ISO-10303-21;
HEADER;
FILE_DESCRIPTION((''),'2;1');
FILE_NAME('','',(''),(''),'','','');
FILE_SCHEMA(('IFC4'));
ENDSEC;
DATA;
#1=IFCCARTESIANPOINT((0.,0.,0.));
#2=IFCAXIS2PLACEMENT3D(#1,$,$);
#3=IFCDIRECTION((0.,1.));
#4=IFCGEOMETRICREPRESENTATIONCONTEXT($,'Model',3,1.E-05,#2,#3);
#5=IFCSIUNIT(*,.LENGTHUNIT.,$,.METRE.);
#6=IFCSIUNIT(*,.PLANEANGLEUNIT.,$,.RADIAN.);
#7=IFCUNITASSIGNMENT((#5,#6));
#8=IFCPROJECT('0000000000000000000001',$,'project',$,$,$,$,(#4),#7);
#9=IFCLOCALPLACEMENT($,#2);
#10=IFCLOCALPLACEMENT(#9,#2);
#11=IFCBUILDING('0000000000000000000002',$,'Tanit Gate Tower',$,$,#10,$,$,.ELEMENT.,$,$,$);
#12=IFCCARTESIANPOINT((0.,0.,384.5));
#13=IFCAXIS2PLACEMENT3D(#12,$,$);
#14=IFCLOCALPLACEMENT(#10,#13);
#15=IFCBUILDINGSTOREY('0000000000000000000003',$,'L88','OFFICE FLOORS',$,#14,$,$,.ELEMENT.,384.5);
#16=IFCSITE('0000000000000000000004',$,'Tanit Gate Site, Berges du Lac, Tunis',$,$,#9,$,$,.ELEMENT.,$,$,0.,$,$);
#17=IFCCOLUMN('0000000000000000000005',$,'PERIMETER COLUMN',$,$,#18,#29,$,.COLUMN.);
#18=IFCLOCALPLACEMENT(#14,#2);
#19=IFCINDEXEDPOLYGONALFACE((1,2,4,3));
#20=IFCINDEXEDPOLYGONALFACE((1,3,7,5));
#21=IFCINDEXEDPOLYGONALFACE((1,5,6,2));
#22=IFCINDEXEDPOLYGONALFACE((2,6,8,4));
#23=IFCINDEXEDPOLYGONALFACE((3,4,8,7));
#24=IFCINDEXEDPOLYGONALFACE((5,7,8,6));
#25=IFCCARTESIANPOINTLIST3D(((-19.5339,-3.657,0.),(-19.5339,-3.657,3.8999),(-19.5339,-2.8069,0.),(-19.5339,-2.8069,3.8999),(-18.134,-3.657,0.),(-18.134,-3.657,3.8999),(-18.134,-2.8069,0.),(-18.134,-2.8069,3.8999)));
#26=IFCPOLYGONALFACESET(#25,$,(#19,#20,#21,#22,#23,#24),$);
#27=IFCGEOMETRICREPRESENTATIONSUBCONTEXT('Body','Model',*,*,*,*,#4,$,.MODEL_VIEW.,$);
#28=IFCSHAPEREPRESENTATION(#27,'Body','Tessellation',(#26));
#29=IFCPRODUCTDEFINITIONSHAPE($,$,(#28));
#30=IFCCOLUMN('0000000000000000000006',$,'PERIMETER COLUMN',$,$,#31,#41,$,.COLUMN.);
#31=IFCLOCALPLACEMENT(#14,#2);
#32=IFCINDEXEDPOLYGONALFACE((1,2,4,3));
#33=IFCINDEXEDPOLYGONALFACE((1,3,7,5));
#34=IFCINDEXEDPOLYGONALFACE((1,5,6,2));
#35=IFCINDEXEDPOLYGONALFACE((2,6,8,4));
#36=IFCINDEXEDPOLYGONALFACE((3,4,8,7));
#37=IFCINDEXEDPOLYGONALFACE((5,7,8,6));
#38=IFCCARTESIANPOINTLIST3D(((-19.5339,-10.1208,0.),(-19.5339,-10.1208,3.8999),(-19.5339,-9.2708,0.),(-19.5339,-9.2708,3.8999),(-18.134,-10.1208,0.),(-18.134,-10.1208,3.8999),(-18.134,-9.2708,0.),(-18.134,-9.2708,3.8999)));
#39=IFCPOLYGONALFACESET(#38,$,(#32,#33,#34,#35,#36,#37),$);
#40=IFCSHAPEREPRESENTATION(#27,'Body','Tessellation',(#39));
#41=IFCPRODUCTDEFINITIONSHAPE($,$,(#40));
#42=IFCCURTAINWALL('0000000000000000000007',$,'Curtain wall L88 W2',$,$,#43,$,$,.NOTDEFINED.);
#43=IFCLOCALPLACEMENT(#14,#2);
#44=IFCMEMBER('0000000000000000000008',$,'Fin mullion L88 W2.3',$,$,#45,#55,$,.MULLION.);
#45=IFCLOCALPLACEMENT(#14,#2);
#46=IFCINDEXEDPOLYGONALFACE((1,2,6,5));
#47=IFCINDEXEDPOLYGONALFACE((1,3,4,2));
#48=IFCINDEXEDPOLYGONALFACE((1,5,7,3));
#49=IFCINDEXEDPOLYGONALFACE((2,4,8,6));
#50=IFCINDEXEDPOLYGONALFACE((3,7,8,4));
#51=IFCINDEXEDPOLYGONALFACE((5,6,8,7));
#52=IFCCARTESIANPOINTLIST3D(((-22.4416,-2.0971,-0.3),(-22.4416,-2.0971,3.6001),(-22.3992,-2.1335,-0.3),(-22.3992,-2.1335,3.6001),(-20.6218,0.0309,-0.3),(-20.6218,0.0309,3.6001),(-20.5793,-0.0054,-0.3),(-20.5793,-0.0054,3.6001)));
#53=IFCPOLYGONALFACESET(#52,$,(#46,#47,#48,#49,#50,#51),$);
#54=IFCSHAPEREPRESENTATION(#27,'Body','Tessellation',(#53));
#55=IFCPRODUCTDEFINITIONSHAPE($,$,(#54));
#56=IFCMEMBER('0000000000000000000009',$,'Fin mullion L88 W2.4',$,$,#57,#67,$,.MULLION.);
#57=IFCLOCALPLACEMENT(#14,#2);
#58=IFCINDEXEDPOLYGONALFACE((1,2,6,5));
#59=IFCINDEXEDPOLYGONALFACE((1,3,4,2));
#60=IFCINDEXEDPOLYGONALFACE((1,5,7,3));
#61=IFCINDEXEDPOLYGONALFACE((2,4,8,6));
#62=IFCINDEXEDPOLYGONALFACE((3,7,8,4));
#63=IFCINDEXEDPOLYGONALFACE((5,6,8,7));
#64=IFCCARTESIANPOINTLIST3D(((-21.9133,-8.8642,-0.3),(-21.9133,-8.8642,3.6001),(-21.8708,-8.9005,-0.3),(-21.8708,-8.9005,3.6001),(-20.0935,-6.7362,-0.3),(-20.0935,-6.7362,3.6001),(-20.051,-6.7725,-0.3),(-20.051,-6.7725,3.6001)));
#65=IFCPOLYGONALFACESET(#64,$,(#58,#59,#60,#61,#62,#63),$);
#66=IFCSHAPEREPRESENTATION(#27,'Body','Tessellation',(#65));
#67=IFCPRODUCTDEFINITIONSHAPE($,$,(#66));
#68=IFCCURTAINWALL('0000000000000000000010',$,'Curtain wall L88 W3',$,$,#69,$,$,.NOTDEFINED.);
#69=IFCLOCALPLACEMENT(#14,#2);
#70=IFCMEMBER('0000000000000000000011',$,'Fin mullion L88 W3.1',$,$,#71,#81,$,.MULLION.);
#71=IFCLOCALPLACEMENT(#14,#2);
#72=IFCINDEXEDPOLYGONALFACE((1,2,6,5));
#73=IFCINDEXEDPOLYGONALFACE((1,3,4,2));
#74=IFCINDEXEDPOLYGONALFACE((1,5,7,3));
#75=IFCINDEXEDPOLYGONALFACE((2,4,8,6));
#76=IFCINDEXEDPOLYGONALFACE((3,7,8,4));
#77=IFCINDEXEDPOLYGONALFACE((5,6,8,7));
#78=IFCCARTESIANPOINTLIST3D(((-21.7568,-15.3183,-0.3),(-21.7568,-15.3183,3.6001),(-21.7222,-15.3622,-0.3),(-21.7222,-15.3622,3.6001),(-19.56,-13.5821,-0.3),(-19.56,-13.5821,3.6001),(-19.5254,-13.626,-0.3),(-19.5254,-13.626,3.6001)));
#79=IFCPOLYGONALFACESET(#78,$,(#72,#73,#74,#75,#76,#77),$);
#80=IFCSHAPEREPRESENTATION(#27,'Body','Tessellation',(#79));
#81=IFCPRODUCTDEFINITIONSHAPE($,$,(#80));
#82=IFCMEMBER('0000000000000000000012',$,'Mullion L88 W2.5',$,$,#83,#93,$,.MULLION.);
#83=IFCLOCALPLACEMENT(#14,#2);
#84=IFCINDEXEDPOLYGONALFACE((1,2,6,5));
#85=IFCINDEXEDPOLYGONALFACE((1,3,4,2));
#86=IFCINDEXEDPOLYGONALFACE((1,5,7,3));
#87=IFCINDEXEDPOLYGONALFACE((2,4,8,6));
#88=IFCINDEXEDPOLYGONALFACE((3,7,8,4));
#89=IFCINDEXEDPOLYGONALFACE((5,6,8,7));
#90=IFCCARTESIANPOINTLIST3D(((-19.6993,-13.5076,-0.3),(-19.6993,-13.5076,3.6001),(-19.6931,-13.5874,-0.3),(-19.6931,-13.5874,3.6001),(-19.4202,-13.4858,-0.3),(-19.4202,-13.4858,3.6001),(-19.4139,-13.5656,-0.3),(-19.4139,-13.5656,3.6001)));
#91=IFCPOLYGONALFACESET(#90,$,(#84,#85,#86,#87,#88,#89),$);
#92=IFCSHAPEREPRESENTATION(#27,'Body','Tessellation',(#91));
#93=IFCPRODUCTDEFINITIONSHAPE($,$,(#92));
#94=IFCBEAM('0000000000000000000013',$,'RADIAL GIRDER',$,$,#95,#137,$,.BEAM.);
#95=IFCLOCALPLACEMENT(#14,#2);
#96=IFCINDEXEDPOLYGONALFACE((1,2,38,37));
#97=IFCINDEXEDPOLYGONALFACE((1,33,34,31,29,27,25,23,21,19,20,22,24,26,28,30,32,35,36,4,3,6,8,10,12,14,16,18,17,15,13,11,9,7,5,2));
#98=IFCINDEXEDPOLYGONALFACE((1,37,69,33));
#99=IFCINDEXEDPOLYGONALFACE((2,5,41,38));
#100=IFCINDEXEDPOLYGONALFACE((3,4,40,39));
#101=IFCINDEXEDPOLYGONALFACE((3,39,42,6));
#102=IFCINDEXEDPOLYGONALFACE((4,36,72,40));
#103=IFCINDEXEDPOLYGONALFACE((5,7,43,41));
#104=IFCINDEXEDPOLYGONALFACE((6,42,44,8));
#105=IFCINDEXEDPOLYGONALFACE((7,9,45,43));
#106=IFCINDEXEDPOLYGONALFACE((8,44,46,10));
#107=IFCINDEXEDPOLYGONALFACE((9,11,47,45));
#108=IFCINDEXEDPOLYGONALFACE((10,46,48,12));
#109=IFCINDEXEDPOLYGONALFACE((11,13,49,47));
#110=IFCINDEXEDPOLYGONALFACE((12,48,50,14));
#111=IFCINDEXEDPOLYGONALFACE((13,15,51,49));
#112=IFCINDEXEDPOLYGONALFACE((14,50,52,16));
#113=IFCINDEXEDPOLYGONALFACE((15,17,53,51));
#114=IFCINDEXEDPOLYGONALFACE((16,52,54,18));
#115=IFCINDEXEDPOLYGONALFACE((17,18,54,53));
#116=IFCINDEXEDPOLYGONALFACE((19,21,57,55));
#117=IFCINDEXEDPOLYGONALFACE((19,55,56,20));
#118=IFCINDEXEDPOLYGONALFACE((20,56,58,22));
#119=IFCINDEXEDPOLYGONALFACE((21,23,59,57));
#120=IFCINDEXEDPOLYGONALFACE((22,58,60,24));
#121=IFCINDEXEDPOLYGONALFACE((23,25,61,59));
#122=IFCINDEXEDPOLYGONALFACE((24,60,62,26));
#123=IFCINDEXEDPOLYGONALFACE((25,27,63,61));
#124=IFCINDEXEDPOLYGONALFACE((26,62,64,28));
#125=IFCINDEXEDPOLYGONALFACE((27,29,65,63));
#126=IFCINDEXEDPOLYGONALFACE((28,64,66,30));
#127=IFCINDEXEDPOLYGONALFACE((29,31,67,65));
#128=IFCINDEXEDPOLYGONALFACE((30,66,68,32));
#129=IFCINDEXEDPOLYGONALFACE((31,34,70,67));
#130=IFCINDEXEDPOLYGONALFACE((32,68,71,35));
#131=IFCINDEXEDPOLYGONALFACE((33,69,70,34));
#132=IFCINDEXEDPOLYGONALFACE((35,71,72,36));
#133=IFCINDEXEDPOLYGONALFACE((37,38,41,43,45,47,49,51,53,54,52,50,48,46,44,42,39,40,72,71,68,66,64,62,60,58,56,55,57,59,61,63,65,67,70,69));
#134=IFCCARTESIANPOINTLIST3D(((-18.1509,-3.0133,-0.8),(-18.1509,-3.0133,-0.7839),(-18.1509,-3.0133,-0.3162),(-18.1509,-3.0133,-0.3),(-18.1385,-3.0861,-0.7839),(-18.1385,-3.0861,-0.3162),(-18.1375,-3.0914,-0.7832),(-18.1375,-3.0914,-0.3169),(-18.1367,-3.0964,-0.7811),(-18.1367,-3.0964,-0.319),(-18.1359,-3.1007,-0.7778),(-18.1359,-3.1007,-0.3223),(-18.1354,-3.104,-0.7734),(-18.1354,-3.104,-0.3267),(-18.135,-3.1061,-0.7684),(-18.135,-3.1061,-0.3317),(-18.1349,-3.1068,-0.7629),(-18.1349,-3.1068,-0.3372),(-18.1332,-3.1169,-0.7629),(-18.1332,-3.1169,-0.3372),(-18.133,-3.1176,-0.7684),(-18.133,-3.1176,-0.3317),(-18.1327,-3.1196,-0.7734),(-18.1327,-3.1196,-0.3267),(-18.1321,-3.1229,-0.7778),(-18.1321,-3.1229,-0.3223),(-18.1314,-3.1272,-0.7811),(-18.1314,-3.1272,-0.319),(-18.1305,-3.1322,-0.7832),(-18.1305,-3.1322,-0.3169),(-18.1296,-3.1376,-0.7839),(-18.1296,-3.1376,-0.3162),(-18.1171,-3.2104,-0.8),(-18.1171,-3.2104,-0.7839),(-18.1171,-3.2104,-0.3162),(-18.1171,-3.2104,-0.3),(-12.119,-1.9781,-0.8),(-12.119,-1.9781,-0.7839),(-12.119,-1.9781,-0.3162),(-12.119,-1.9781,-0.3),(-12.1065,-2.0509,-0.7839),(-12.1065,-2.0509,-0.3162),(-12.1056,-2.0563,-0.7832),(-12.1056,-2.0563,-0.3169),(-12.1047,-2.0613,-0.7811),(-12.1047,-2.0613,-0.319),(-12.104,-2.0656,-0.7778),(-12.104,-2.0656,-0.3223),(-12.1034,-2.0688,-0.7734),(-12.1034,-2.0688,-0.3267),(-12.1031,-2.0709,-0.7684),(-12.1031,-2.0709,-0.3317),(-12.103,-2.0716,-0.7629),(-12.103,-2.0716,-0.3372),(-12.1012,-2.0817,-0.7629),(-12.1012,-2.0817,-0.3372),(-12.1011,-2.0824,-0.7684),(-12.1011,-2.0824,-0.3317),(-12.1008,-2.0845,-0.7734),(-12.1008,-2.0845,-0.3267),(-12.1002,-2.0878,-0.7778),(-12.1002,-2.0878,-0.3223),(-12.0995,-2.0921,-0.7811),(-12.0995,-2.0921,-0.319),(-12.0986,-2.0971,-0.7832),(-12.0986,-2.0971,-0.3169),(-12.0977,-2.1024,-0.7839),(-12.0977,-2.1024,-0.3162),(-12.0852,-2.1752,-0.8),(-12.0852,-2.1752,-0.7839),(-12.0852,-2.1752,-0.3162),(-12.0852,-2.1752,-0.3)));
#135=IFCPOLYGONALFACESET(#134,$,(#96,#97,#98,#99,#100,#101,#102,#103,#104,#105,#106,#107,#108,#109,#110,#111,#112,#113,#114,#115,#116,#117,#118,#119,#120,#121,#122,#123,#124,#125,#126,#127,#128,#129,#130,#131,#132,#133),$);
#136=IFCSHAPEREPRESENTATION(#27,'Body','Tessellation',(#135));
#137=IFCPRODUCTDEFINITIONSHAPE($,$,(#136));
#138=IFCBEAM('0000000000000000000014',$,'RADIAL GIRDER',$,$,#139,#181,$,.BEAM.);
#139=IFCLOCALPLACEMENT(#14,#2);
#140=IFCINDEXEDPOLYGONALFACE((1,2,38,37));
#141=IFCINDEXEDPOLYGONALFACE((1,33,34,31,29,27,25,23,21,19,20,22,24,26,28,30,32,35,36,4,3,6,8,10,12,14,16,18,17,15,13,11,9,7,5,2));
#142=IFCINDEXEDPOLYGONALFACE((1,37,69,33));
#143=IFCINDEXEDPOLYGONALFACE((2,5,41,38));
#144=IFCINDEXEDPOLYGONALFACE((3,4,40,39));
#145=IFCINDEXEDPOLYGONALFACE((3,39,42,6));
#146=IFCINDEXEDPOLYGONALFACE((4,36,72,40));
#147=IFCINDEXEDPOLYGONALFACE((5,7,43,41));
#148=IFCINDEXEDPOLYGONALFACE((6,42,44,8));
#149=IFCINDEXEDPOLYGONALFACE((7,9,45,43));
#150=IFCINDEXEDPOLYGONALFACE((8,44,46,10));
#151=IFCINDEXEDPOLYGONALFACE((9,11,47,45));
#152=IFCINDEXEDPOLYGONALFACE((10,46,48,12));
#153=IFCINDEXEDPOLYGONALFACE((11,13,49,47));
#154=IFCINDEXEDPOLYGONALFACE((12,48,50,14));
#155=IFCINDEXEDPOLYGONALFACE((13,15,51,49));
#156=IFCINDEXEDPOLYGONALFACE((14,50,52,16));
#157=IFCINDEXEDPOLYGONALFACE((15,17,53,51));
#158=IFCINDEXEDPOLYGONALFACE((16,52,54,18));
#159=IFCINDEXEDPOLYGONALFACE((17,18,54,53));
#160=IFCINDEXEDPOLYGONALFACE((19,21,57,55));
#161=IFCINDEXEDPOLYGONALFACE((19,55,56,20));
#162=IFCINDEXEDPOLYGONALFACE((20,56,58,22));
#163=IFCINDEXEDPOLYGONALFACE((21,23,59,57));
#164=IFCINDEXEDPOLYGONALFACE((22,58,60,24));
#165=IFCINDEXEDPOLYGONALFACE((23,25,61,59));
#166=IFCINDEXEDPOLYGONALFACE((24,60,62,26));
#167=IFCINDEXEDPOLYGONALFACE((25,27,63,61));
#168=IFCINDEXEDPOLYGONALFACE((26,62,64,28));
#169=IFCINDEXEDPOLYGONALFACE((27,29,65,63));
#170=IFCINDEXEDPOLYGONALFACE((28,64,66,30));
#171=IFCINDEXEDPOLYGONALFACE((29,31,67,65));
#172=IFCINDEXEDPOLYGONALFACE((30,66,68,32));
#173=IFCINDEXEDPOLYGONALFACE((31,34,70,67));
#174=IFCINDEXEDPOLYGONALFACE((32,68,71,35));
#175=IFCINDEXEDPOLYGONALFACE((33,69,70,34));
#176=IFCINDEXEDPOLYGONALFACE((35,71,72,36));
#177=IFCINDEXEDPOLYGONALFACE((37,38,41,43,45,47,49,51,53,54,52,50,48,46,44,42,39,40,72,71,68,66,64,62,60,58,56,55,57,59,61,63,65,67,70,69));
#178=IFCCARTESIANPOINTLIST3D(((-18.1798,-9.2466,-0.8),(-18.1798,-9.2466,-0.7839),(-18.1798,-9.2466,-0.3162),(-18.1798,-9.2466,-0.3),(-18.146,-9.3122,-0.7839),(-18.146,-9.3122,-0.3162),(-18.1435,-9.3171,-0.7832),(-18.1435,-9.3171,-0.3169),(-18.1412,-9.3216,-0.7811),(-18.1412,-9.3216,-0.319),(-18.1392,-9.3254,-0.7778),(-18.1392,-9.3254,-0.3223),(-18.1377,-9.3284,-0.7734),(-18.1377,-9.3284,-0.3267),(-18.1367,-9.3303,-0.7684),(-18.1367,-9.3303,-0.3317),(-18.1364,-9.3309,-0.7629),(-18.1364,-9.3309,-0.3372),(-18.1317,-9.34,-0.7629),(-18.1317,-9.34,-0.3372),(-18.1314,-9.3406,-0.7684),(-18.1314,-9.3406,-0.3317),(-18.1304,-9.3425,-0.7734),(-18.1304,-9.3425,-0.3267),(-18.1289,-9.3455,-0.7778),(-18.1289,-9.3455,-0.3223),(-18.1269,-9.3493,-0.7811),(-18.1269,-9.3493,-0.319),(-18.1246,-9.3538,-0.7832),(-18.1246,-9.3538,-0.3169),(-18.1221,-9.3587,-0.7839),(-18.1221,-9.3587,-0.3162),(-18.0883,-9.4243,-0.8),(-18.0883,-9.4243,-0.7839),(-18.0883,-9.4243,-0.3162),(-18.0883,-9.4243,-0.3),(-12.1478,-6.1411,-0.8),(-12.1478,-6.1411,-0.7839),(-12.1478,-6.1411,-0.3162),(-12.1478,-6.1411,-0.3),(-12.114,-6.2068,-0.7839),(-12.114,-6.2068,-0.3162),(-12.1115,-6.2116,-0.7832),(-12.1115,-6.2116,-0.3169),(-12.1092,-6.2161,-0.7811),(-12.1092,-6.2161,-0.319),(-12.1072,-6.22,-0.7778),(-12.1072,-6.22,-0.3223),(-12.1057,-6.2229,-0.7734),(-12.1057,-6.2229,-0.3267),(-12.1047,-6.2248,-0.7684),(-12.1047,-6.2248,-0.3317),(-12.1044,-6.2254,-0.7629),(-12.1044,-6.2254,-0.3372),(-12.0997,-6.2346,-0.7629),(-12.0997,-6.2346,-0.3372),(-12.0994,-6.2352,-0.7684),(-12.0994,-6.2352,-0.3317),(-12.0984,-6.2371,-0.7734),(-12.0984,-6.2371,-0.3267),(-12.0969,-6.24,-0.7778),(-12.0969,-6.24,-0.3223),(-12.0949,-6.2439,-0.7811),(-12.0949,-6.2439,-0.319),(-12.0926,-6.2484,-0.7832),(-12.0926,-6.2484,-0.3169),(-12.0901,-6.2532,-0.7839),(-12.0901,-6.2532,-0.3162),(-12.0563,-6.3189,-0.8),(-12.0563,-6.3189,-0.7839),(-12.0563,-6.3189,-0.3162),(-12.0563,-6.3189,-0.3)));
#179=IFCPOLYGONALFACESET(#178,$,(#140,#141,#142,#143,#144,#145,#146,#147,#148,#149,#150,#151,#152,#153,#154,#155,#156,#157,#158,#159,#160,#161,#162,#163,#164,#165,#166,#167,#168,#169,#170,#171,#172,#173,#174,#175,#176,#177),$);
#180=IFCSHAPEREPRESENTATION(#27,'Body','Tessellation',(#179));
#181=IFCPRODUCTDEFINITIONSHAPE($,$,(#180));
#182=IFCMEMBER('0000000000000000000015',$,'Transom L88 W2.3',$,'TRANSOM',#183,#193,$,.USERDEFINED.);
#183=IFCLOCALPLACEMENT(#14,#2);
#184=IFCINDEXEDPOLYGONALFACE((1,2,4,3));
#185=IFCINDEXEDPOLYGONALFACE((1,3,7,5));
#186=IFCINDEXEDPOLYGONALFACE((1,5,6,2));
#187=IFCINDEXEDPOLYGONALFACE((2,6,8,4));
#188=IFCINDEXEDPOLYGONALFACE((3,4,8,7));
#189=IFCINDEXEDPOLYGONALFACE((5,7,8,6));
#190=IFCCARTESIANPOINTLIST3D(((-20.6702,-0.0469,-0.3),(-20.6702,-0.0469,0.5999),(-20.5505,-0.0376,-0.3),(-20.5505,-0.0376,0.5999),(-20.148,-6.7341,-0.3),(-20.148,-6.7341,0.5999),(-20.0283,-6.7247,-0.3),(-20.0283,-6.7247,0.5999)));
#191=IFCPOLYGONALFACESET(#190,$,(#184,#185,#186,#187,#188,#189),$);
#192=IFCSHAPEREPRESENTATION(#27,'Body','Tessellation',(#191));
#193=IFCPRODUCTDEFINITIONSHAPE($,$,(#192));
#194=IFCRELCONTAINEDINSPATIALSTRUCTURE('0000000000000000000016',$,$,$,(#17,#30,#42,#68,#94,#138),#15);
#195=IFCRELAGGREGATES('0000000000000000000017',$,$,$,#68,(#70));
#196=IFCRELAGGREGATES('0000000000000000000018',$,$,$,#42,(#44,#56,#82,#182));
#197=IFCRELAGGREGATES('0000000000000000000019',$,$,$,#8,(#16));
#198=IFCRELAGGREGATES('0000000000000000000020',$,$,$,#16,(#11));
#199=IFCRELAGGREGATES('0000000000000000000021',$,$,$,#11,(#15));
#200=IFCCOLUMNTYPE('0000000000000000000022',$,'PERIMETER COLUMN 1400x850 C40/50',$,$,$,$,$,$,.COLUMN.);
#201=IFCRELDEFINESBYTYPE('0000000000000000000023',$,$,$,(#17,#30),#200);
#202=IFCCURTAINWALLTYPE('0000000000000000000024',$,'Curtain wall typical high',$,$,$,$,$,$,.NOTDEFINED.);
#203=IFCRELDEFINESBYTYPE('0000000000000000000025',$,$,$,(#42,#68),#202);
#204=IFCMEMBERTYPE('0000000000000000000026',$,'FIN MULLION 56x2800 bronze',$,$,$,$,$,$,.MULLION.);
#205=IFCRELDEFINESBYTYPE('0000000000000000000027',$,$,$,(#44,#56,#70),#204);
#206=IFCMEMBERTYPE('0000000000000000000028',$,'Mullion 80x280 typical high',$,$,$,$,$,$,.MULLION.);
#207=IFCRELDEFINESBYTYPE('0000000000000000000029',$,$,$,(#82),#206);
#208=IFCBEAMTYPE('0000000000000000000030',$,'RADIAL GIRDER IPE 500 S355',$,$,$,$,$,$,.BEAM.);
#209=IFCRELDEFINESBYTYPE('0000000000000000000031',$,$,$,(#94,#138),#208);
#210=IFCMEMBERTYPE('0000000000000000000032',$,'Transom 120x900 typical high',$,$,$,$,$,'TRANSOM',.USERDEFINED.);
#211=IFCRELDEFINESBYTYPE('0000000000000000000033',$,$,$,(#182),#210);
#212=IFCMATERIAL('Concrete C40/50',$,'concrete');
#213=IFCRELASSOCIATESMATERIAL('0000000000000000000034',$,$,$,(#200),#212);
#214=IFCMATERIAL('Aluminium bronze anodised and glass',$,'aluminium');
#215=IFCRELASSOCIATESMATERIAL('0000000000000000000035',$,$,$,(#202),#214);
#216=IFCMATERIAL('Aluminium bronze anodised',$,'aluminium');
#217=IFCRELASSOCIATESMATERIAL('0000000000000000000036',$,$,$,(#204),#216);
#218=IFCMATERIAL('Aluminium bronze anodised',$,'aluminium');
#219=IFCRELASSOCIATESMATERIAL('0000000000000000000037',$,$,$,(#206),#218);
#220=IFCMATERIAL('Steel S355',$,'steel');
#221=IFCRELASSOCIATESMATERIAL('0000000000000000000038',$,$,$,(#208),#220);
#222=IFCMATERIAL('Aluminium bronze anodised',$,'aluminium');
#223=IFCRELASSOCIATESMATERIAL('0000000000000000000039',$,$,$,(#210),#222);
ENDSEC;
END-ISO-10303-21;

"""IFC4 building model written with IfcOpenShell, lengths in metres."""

from ifc_helpers import new_model, si_unit, direction, frame, origin, origin_2d, place, context, subcontext, project, spatial, rectangle, i_section, extrude, material, material_profile, profile_set, type_object, element, aggregate, save


model = new_model("IFC4")

# Units and contexts
model_context = context("Model", 3, precision=1e-05, world=origin(), true_north=direction((0.0, 1.0)))
body_context = subcontext(model_context, "Body", "Model", "MODEL_VIEW")
ifc_project = project(units=[si_unit("LENGTHUNIT", "METRE"), si_unit("PLANEANGLEUNIT", "RADIAN")], contexts=[model_context])

# Site, building, storey
site_placement = place(None, origin())
site = spatial("IfcSite", under=ifc_project, at=site_placement, Name="Tanit Gate Site, Berges du Lac, Tunis", CompositionType="ELEMENT", RefElevation=0.0)
building_placement = place(site_placement, origin())
building = spatial("IfcBuilding", under=site, at=building_placement, Name="Tanit Gate Tower", CompositionType="ELEMENT")
storey_placement = place(building_placement, frame((0.0, 0.0, 384.5)))
storey = spatial("IfcBuildingStorey", under=building, at=storey_placement, Name="L88", Description="OFFICE FLOORS", CompositionType="ELEMENT", Elevation=384.5)

# Columns
ifc_material_1 = material(Name="Concrete C40/50", Category="concrete")
ifc_material_profile_1 = material_profile(ifc_material_1, rectangle(XDim=1.3999, YDim=0.8501, at=origin_2d()), Name="RC 1400x850")
ifc_profile_set_1 = profile_set([ifc_material_profile_1], Name="Concrete C40/50")
column_type = type_object("IfcColumnType", Name="PERIMETER COLUMN 1400x850 C40/50", PredefinedType="COLUMN", material=ifc_profile_set_1)
for number, where, z_axis, x_axis, name in (
    (1, (-18.834, -3.2319, 0.0), (0.0, 0.0, 1.0), (-1.0, 0.0, 0.0), "PERIMETER COLUMN"),
    (2, (-18.834, -9.6958, 0.0), (0.0, 0.0, 1.0), (-1.0, 0.0, 0.0), "PERIMETER COLUMN"),
):
    element("IfcColumn", number, at=place(storey_placement, frame(where, z_axis=z_axis, x_axis=x_axis)), inside=storey, type_object=column_type, Name=name, PredefinedType="COLUMN", context=body_context, shape_type="SweptSolid", body=[
        extrude(rectangle(XDim=1.3999, YDim=0.8501, at=origin_2d()), origin(), (0.0, 0.0, 1.0), 3.8999),
    ])

# Curtain wall, members
ifc_material_2 = material(Name="Aluminium bronze anodised and glass", Category="aluminium")
curtain_wall_type = type_object("IfcCurtainWallType", Name="Curtain wall typical high", PredefinedType="NOTDEFINED", material=ifc_material_2)
curtain_wall_1_placement = place(storey_placement, origin())
curtain_wall_1 = element("IfcCurtainWall", 3, at=curtain_wall_1_placement, inside=storey, type_object=curtain_wall_type, Name="Curtain wall L88 W2", PredefinedType="NOTDEFINED")
ifc_material_3 = material(Name="Aluminium bronze anodised", Category="aluminium")
ifc_material_profile_2 = material_profile(ifc_material_3, rectangle(XDim=2.8, YDim=0.0559, at=origin_2d()), Name="56x2800 bronze fin mullion")
ifc_profile_set_2 = profile_set([ifc_material_profile_2], Name="Aluminium bronze anodised")
member_type_1 = type_object("IfcMemberType", Name="FIN MULLION 56x2800 bronze", PredefinedType="MULLION", material=ifc_profile_set_2)
member_1_placement = place(storey_placement, frame((-21.5105, -1.0513, -0.3), z_axis=(0.0, 0.0, 1.0), x_axis=(0.649921, 0.760002, 0.0)))
member_1 = element("IfcMember", 4, at=member_1_placement, type_object=member_type_1, Name="Fin mullion L88 W2.3", PredefinedType="MULLION", context=body_context, shape_type="SweptSolid", body=[
    extrude(rectangle(XDim=2.8, YDim=0.0559, at=origin_2d()), origin(), (0.0, 0.0, 1.0), 3.9001),
])
member_2_placement = place(storey_placement, frame((-20.9822, -7.8184, -0.3), z_axis=(0.0, 0.0, 1.0), x_axis=(0.649921, 0.760002, 0.0)))
member_2 = element("IfcMember", 5, at=member_2_placement, type_object=member_type_1, Name="Fin mullion L88 W2.4", PredefinedType="MULLION", context=body_context, shape_type="SweptSolid", body=[
    extrude(rectangle(XDim=2.8, YDim=0.0559, at=origin_2d()), origin(), (0.0, 0.0, 1.0), 3.9001),
])

# Curtain wall, member
curtain_wall_2_placement = place(storey_placement, origin())
curtain_wall_2 = element("IfcCurtainWall", 6, at=curtain_wall_2_placement, inside=storey, type_object=curtain_wall_type, Name="Curtain wall L88 W3", PredefinedType="NOTDEFINED")
member_3_placement = place(storey_placement, frame((-20.6411, -14.4722, -0.3), z_axis=(0.0, 0.0, 1.0), x_axis=(0.784556, 0.620058, 0.0)))
member_3 = element("IfcMember", 7, at=member_3_placement, type_object=member_type_1, Name="Fin mullion L88 W3.1", PredefinedType="MULLION", context=body_context, shape_type="SweptSolid", body=[
    extrude(rectangle(XDim=2.8, YDim=0.0559, at=origin_2d()), origin(), (0.0, 0.0, 1.0), 3.9001),
])

# Member
ifc_material_4 = material(Name="Aluminium bronze anodised", Category="aluminium")
ifc_material_profile_3 = material_profile(ifc_material_4, rectangle(XDim=0.28, YDim=0.0801, at=origin_2d()), Name="80x280 bronze mullion")
ifc_profile_set_3 = profile_set([ifc_material_profile_3], Name="Aluminium bronze anodised")
member_type_2 = type_object("IfcMemberType", Name="Mullion 80x280 typical high", PredefinedType="MULLION", material=ifc_profile_set_3)
member_4_placement = place(storey_placement, frame((-19.5566, -13.5366, -0.3), z_axis=(0.0, 0.0, 1.0), x_axis=(0.996966, 0.077839, 0.0)))
member_4 = element("IfcMember", 8, at=member_4_placement, type_object=member_type_2, Name="Mullion L88 W2.5", PredefinedType="MULLION", context=body_context, shape_type="SweptSolid", body=[
    extrude(rectangle(XDim=0.28, YDim=0.0801, at=origin_2d()), origin(), (0.0, 0.0, 1.0), 3.9001),
])

# Beams
ifc_material_5 = material(Name="Steel S355", Category="steel")
ifc_material_profile_4 = material_profile(ifc_material_5, i_section(OverallWidth=0.2, OverallDepth=0.5, WebThickness=0.0103, FlangeThickness=0.0161, FilletRadius=0.021, at=origin_2d()), Name="IPE 500")
ifc_profile_set_4 = profile_set([ifc_material_profile_4], Name="Steel S355")
beam_type = type_object("IfcBeamType", Name="RADIAL GIRDER IPE 500 S355", PredefinedType="BEAM", material=ifc_profile_set_4)
beam_1_placement = place(storey_placement, frame((-18.134, -3.1118, -0.55), z_axis=(0.985592, 0.169139, 0.0), x_axis=(-0.169139, 0.985592, 0.0)))
element("IfcBeam", 9, at=beam_1_placement, inside=storey, type_object=beam_type, Name="RADIAL GIRDER", PredefinedType="BEAM", context=body_context, shape_type="SweptSolid", body=[
    extrude(i_section(OverallWidth=0.2, OverallDepth=0.5, WebThickness=0.0103, FlangeThickness=0.0161, FilletRadius=0.021, at=origin_2d()), origin(), (0.0, 0.0, 1.0), 6.1201),
])
beam_2_placement = place(storey_placement, frame((-18.134, -9.3354, -0.55), z_axis=(0.88909, 0.457733, 0.0), x_axis=(-0.457733, 0.88909, 0.0)))
element("IfcBeam", 10, at=beam_2_placement, inside=storey, type_object=beam_type, Name="RADIAL GIRDER", PredefinedType="BEAM", context=body_context, shape_type="SweptSolid", body=[
    extrude(i_section(OverallWidth=0.2, OverallDepth=0.5, WebThickness=0.0103, FlangeThickness=0.0161, FilletRadius=0.021, at=origin_2d()), origin(), (0.0, 0.0, 1.0), 6.7844),
])

# Member
ifc_material_6 = material(Name="Aluminium bronze anodised", Category="aluminium")
ifc_material_profile_5 = material_profile(ifc_material_6, rectangle(XDim=0.1201, YDim=0.8999, at=origin_2d()), Name="120x900 bronze transom")
ifc_profile_set_5 = profile_set([ifc_material_profile_5], Name="Aluminium bronze anodised")
member_type_3 = type_object("IfcMemberType", Name="Transom 120x900 typical high", ElementType="TRANSOM", PredefinedType="USERDEFINED", material=ifc_profile_set_5)
member_5_placement = place(storey_placement, frame((-20.6104, -0.0422, 0.1499), z_axis=(0.077854, -0.996965, 0.0), x_axis=(0.996965, 0.077854, 0.0)))
member_5 = element("IfcMember", 11, at=member_5_placement, type_object=member_type_3, Name="Transom L88 W2.3", ObjectType="TRANSOM", PredefinedType="USERDEFINED", context=body_context, shape_type="SweptSolid", body=[
    extrude(rectangle(XDim=0.1201, YDim=0.8999, at=origin_2d()), origin(), (0.0, 0.0, 1.0), 6.7075),
])
aggregate(curtain_wall_2, [member_3])

aggregate(curtain_wall_1, [member_1, member_2, member_4, member_5])

save(model, "model.ifc")
